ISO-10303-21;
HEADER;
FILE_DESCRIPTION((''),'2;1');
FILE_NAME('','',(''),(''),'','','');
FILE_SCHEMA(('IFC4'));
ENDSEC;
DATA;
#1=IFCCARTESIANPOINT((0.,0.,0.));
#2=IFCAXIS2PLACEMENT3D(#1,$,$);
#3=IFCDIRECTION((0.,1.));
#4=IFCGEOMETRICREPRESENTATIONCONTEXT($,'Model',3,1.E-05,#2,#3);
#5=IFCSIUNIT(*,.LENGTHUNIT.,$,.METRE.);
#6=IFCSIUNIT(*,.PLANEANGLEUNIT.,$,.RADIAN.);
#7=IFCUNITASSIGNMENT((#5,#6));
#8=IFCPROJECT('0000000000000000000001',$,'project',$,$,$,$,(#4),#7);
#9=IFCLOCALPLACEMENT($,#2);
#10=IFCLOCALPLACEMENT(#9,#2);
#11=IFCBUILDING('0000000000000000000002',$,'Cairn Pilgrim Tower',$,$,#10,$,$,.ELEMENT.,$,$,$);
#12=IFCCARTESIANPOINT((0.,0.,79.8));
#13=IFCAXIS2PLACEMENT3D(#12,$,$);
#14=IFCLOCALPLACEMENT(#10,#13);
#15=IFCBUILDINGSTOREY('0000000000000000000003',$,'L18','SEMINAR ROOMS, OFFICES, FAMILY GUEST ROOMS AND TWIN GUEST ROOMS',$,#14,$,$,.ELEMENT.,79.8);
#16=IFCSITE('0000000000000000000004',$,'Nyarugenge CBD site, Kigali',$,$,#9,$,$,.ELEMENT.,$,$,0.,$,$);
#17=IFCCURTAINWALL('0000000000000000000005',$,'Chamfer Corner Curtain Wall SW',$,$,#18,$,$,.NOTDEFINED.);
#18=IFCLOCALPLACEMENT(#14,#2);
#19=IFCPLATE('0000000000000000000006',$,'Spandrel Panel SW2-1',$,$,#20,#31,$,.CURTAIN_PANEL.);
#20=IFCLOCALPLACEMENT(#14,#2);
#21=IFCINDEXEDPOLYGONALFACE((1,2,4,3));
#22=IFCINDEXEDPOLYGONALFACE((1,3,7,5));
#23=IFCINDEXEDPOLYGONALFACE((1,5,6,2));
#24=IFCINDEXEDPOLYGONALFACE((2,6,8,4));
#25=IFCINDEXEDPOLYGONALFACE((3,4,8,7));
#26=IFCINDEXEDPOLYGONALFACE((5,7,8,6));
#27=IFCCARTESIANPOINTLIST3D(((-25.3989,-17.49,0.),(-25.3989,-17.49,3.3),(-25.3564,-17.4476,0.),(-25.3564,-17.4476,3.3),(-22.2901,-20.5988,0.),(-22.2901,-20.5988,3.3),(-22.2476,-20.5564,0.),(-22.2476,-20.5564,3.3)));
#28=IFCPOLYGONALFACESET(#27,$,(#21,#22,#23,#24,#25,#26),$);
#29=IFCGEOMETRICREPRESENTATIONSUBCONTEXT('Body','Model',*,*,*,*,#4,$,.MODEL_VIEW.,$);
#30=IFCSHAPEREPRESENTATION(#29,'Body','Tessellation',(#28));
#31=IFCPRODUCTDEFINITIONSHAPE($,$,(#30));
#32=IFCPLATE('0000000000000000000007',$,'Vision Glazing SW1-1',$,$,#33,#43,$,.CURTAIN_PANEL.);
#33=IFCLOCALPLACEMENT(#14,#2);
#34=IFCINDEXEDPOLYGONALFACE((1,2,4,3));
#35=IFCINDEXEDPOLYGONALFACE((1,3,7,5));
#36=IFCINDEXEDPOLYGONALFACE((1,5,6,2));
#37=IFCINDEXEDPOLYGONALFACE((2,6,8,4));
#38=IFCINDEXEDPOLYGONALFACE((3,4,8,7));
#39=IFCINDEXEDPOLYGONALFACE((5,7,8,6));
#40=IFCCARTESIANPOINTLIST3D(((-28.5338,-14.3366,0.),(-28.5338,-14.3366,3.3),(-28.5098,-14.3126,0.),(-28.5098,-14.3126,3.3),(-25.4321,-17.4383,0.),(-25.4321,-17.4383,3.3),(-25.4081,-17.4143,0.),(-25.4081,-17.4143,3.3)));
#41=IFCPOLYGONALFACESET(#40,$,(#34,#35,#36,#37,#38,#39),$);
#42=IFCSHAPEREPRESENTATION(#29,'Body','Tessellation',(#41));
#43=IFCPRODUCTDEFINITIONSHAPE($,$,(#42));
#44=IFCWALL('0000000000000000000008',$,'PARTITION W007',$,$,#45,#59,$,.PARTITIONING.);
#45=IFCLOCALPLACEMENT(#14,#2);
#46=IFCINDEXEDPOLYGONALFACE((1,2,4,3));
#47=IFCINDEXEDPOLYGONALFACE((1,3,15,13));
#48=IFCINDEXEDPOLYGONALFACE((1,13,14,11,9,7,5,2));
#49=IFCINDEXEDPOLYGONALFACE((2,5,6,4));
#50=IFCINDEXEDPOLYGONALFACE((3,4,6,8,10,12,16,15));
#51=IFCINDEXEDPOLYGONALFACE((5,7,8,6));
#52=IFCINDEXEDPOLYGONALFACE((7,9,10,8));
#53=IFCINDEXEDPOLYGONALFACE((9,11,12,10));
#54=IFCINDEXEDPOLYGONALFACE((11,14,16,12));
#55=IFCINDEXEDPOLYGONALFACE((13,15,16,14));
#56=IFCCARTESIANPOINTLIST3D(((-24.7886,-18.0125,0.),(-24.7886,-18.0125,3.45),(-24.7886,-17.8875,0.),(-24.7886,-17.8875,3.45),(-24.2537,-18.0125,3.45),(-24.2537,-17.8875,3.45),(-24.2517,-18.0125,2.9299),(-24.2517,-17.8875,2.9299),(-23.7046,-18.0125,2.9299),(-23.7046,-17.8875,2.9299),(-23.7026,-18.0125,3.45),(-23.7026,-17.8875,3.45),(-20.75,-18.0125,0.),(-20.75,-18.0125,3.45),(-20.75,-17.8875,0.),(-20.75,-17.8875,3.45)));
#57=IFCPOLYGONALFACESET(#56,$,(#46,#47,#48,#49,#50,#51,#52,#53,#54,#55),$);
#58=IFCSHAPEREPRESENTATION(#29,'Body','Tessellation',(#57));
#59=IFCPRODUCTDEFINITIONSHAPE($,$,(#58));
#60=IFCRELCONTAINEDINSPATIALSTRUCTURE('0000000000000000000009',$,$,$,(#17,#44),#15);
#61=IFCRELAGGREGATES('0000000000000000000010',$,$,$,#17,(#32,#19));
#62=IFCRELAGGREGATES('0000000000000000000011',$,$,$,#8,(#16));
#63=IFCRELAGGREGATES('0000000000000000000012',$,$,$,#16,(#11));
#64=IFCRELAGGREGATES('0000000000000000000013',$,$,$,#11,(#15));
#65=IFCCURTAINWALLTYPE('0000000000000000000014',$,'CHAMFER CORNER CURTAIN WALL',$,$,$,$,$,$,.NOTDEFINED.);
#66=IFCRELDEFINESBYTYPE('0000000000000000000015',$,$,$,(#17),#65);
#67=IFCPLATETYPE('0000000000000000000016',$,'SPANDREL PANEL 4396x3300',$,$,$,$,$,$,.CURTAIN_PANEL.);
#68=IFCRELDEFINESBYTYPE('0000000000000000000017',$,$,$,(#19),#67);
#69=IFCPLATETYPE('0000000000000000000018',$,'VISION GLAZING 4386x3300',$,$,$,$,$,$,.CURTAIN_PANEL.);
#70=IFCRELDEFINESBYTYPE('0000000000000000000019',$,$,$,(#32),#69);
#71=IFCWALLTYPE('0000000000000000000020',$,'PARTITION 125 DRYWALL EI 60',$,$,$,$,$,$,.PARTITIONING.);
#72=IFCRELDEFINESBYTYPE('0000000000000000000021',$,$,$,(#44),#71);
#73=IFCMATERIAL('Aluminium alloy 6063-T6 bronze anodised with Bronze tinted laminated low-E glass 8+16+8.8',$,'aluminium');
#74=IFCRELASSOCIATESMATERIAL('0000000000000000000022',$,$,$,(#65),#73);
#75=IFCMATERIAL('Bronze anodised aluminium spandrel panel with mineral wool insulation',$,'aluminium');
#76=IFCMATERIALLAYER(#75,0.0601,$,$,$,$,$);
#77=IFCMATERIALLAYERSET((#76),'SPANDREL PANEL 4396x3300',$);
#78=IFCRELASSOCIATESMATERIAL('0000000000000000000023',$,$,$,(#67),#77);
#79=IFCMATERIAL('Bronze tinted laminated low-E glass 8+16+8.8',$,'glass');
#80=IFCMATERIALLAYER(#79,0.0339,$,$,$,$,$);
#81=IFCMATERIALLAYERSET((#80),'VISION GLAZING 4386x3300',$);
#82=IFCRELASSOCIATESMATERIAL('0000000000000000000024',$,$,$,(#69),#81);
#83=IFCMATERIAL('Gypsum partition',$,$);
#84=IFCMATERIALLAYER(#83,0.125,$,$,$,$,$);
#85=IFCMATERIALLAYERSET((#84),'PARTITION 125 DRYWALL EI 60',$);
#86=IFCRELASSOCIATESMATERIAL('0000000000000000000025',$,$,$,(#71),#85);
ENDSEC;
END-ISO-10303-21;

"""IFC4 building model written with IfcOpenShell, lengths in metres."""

from ifc_helpers import new_model, si_unit, direction, frame, origin, origin_2d, place, context, subcontext, project, spatial, polyline, rectangle, outline, extrude, material, layer, layer_set, type_object, element, aggregate, save


model = new_model("IFC4")

# Units and contexts
model_context = context("Model", 3, precision=1e-05, world=origin(), true_north=direction((0.0, 1.0)))
body_context = subcontext(model_context, "Body", "Model", "MODEL_VIEW")
ifc_project = project(units=[si_unit("LENGTHUNIT", "METRE"), si_unit("PLANEANGLEUNIT", "RADIAN")], contexts=[model_context])

# Site, building, storey
site_placement = place(None, origin())
site = spatial("IfcSite", under=ifc_project, at=site_placement, Name="Nyarugenge CBD site, Kigali", CompositionType="ELEMENT", RefElevation=0.0)
building_placement = place(site_placement, origin())
building = spatial("IfcBuilding", under=site, at=building_placement, Name="Cairn Pilgrim Tower", CompositionType="ELEMENT")
storey_placement = place(building_placement, frame((0.0, 0.0, 79.8)))
storey = spatial("IfcBuildingStorey", under=building, at=storey_placement, Name="L18", Description="SEMINAR ROOMS, OFFICES, FAMILY GUEST ROOMS AND TWIN GUEST ROOMS", CompositionType="ELEMENT", Elevation=79.8)

# Curtain wall
ifc_material_1 = material(Name="Aluminium alloy 6063-T6 bronze anodised with Bronze tinted laminated low-E glass 8+16+8.8", Category="aluminium")
curtain_wall_type = type_object("IfcCurtainWallType", Name="CHAMFER CORNER CURTAIN WALL", PredefinedType="NOTDEFINED", material=ifc_material_1)
curtain_wall_placement = place(storey_placement, origin())
curtain_wall = element("IfcCurtainWall", 1, at=curtain_wall_placement, inside=storey, type_object=curtain_wall_type, Name="Chamfer Corner Curtain Wall SW", PredefinedType="NOTDEFINED")

# Plates
ifc_material_2 = material(Name="Bronze anodised aluminium spandrel panel with mineral wool insulation", Category="aluminium")
ifc_layer_1 = layer(ifc_material_2, 0.0601)
ifc_layer_set_1 = layer_set([ifc_layer_1], Name="SPANDREL PANEL 4396x3300")
plate_type_1 = type_object("IfcPlateType", Name="SPANDREL PANEL 4396x3300", PredefinedType="CURTAIN_PANEL", material=ifc_layer_set_1)
plate_1_placement = place(storey_placement, frame((-23.8232, -19.0232, 0.0), z_axis=(0.0, 0.0, 1.0), x_axis=(0.707107, -0.707107, 0.0)))
plate_1 = element("IfcPlate", 2, at=plate_1_placement, type_object=plate_type_1, Name="Spandrel Panel SW2-1", PredefinedType="CURTAIN_PANEL", context=body_context, shape_type="SweptSolid", body=[
    extrude(rectangle(XDim=4.3965, YDim=0.0601, at=origin_2d()), origin(), (0.0, 0.0, 1.0), 3.3),
])
ifc_material_3 = material(Name="Bronze tinted laminated low-E glass 8+16+8.8", Category="glass")
ifc_layer_2 = layer(ifc_material_3, 0.0339)
ifc_layer_set_2 = layer_set([ifc_layer_2], Name="VISION GLAZING 4386x3300")
plate_type_2 = type_object("IfcPlateType", Name="VISION GLAZING 4386x3300", PredefinedType="CURTAIN_PANEL", material=ifc_layer_set_2)
plate_2_placement = place(storey_placement, frame((-26.9709, -15.8755, 0.0), z_axis=(0.0, 0.0, 1.0), x_axis=(0.707107, -0.707107, 0.0)))
plate_2 = element("IfcPlate", 3, at=plate_2_placement, type_object=plate_type_2, Name="Vision Glazing SW1-1", PredefinedType="CURTAIN_PANEL", context=body_context, shape_type="SweptSolid", body=[
    extrude(rectangle(XDim=4.3865, YDim=0.0339, at=origin_2d()), origin(), (0.0, 0.0, 1.0), 3.3),
])
aggregate(curtain_wall, [plate_2, plate_1])

# Wall
ifc_material_4 = material(Name="Gypsum partition")
ifc_layer_3 = layer(ifc_material_4, 0.125)
ifc_layer_set_3 = layer_set([ifc_layer_3], Name="PARTITION 125 DRYWALL EI 60")
wall_type = type_object("IfcWallType", Name="PARTITION 125 DRYWALL EI 60", PredefinedType="PARTITIONING", material=ifc_layer_set_3)
wall_placement = place(storey_placement, frame((-24.7886, -17.95, 0.0), z_axis=(0.0, 0.0, 1.0), x_axis=(1.0, 0.0, 0.0)))
element("IfcWall", 4, at=wall_placement, inside=storey, type_object=wall_type, Name="PARTITION W007", PredefinedType="PARTITIONING", context=body_context, shape_type="SweptSolid", body=[
    extrude(outline(polyline([(0.0, 0.0), (4.0386, 0.0), (4.0386, 3.45), (1.0859, 3.45), (1.084, 2.9299), (0.5369, 2.9299), (0.5349, 3.45), (0.0, 3.45), (0.0, 0.0)])), frame((0.0, 0.0625, 0.0), z_axis=(0.0, -1.0, 0.0), x_axis=(1.0, 0.0, 0.0)), (0.0, 0.0, 1.0), 0.125),
])

save(model, "model.ifc")
